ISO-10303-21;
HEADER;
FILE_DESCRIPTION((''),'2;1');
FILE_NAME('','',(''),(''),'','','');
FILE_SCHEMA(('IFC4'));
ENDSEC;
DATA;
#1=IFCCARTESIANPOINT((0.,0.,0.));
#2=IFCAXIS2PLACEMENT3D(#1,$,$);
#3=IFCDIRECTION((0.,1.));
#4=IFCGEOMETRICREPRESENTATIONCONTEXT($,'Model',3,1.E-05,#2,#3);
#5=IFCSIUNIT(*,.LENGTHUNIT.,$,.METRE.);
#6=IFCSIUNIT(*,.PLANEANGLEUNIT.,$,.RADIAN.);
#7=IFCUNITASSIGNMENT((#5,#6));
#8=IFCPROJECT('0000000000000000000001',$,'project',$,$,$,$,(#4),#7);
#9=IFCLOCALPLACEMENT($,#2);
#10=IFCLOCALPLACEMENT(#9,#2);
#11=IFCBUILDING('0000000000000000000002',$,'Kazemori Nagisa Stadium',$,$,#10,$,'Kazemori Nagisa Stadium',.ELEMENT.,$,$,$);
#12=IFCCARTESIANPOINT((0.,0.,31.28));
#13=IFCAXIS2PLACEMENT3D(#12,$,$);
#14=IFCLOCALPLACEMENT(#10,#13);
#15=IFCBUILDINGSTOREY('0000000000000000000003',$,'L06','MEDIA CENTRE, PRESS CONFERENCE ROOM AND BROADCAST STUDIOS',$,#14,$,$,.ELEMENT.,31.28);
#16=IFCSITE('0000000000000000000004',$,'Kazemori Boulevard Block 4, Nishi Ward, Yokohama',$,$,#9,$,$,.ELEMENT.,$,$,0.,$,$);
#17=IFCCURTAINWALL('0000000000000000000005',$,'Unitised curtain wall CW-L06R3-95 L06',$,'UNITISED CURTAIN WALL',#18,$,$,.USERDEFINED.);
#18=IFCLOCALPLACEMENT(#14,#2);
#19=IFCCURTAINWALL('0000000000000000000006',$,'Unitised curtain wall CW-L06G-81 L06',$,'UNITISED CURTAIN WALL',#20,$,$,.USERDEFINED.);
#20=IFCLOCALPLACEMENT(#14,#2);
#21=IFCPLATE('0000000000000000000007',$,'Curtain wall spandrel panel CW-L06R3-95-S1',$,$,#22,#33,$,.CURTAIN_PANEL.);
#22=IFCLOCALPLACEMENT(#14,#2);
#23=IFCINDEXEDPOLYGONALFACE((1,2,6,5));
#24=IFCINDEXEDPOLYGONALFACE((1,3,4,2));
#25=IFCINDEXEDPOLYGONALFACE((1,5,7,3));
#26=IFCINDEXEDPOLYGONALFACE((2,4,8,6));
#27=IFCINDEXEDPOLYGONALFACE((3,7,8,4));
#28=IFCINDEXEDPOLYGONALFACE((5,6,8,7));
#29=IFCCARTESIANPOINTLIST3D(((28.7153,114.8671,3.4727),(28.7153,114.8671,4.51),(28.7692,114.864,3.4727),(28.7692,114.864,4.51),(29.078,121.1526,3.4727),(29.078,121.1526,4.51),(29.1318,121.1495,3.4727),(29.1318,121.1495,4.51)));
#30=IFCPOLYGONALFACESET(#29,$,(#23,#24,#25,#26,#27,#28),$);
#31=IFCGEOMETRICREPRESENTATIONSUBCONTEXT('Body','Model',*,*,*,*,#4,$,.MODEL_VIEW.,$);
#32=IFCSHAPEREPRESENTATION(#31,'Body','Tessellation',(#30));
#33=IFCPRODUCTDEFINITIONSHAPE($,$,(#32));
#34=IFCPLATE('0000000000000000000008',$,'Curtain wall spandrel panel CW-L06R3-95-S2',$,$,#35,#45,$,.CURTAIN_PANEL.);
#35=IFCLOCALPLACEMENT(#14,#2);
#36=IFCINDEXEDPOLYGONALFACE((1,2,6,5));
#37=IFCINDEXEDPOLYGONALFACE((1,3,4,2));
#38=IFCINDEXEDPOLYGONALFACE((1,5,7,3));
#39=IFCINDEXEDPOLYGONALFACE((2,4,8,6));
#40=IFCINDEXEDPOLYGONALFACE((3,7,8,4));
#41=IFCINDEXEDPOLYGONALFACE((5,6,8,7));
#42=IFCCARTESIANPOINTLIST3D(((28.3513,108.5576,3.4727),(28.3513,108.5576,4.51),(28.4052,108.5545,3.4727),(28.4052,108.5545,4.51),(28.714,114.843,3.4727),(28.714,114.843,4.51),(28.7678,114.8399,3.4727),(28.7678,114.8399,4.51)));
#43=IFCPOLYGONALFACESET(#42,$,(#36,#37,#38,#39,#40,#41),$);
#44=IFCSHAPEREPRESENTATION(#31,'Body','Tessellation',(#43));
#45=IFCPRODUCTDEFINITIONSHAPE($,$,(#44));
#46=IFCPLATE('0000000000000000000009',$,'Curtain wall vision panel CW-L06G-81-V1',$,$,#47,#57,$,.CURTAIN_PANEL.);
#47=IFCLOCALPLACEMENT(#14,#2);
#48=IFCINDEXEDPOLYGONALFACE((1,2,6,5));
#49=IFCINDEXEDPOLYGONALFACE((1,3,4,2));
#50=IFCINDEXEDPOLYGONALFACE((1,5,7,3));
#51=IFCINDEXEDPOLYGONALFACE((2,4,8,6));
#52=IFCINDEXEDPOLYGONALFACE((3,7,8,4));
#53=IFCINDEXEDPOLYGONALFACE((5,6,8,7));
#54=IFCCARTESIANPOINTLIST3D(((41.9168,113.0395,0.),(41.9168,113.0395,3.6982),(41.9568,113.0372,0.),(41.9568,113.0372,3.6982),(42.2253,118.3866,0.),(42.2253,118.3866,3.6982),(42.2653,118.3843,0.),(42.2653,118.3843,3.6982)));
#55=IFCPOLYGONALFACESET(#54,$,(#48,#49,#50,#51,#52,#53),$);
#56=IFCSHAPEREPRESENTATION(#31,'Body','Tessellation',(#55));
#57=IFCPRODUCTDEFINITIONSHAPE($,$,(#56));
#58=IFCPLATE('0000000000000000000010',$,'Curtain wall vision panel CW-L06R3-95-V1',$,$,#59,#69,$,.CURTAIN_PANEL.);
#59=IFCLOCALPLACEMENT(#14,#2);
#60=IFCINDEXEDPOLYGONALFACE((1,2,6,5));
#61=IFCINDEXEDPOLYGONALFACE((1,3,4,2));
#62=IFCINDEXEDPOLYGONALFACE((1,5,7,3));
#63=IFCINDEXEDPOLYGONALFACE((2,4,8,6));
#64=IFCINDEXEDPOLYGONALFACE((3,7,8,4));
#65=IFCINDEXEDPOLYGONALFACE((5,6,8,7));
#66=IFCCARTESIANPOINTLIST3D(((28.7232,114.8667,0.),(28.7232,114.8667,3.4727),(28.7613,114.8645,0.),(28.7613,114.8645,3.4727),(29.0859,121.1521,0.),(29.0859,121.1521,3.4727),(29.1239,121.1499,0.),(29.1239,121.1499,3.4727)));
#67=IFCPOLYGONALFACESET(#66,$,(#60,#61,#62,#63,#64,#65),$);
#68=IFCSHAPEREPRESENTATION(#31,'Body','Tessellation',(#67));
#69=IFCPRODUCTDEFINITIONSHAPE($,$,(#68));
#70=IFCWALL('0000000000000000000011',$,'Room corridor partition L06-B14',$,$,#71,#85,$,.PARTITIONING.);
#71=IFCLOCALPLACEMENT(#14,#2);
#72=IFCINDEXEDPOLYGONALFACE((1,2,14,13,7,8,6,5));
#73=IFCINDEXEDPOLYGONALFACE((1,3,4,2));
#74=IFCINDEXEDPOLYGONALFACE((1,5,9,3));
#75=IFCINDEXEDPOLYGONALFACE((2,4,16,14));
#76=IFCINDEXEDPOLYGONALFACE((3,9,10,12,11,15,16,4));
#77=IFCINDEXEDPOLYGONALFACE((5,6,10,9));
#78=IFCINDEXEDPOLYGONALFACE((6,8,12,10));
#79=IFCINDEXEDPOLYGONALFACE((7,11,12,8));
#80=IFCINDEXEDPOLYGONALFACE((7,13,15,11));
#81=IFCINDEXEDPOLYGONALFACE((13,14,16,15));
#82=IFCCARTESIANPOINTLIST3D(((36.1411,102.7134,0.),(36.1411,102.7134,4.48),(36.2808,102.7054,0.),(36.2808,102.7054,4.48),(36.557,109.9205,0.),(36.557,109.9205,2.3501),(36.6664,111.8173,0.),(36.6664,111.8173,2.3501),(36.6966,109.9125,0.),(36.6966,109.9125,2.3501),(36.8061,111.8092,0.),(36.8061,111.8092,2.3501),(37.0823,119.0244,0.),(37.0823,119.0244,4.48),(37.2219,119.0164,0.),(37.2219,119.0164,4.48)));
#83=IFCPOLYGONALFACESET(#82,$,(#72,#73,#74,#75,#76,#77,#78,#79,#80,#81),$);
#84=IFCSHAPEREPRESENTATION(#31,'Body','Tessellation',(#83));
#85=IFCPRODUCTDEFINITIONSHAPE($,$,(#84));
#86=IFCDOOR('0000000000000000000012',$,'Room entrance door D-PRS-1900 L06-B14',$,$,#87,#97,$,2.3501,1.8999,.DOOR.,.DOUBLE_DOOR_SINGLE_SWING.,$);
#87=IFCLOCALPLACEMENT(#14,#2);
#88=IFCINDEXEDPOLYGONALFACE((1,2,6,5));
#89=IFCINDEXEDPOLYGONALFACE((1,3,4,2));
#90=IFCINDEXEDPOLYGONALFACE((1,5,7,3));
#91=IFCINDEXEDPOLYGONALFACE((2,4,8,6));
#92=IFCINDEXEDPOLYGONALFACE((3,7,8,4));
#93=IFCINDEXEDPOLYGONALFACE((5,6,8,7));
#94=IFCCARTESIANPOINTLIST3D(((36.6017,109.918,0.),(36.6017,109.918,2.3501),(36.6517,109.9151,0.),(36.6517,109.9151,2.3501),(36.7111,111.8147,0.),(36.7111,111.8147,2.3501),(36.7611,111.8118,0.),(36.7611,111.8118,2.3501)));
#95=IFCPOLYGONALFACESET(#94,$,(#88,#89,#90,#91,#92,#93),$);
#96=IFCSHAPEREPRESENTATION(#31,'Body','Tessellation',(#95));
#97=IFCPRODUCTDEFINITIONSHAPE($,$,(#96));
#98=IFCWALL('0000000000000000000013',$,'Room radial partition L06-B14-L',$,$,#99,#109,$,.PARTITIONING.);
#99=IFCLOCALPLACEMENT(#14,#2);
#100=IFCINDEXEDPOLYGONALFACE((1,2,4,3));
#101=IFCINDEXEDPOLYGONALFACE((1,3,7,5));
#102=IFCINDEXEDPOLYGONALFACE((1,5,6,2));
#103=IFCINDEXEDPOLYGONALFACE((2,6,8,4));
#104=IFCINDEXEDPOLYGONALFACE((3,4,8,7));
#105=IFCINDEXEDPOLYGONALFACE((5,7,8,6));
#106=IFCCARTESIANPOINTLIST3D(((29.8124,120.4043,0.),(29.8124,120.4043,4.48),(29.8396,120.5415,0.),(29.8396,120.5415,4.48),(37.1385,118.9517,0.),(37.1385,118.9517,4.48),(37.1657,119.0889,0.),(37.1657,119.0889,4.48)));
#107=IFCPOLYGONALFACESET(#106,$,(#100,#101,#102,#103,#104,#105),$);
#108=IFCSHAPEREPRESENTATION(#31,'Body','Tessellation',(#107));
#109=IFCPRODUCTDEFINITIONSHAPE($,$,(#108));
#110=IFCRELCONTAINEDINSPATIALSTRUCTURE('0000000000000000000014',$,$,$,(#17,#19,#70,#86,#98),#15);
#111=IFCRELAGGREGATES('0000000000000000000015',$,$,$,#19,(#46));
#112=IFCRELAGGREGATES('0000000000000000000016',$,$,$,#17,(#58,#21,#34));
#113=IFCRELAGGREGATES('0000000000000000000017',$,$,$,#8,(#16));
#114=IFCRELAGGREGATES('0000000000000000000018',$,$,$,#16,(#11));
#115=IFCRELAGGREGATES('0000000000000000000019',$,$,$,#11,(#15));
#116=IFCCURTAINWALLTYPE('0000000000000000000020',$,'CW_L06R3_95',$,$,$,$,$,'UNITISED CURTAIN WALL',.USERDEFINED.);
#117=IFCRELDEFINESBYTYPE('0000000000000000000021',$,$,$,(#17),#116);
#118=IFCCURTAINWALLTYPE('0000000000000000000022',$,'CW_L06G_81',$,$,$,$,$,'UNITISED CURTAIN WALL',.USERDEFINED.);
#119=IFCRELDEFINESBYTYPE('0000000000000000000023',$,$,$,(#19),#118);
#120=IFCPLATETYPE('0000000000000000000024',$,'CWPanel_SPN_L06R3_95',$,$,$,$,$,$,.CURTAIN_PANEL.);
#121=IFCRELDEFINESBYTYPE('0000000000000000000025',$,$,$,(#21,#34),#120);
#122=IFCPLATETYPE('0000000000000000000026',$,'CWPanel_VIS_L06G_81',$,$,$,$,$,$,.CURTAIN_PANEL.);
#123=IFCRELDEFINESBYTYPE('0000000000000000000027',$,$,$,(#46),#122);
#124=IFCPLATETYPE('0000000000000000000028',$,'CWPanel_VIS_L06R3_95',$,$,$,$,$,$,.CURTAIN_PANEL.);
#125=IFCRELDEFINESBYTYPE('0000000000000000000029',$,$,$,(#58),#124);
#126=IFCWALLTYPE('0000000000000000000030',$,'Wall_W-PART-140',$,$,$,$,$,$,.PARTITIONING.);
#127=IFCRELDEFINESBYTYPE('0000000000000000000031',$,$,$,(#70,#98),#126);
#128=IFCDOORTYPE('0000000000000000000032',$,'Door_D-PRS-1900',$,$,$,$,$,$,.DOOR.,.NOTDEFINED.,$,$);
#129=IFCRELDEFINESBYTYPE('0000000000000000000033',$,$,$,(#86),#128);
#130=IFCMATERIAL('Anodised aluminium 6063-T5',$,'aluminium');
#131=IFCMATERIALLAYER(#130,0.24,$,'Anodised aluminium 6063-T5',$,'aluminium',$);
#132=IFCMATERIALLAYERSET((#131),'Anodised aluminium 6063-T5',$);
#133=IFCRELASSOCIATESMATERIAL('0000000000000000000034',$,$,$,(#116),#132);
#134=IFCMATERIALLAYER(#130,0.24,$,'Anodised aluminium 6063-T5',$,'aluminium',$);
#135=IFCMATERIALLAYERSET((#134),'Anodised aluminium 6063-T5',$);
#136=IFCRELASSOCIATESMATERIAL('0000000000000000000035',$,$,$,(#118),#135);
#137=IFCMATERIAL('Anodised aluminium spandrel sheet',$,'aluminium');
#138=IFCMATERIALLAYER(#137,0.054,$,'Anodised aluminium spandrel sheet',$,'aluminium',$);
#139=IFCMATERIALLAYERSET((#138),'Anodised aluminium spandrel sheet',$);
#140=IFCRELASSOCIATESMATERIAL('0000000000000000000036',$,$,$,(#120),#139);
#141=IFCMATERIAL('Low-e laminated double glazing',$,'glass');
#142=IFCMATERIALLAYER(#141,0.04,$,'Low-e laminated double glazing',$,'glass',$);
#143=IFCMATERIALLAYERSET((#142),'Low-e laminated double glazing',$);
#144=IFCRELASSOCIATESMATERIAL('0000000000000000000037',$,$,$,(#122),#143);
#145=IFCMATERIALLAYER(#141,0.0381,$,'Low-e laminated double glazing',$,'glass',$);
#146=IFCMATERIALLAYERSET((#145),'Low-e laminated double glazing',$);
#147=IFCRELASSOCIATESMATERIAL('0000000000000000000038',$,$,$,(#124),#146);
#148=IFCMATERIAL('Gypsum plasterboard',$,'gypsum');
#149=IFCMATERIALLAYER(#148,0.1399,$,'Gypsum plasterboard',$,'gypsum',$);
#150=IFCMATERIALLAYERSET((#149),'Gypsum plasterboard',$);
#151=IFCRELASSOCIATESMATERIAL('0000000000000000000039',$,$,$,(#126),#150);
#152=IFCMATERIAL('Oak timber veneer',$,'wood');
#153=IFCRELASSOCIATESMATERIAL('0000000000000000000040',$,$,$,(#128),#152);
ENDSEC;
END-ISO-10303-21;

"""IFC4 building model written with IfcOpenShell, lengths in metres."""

from ifc_helpers import new_model, si_unit, direction, frame, frame_2d, origin, origin_2d, place, context, subcontext, project, spatial, rectangle, extrude, material, layer, layer_set, type_object, element, fill, aggregate, save


model = new_model("IFC4")

# Units and contexts
model_context = context("Model", 3, precision=1e-05, world=origin(), true_north=direction((0.0, 1.0)))
body_context = subcontext(model_context, "Body", "Model", "MODEL_VIEW")
ifc_project = project(units=[si_unit("LENGTHUNIT", "METRE"), si_unit("PLANEANGLEUNIT", "RADIAN")], contexts=[model_context])

# Site, building, storey
site_placement = place(None, origin())
site = spatial("IfcSite", under=ifc_project, at=site_placement, Name="Kazemori Boulevard Block 4, Nishi Ward, Yokohama", CompositionType="ELEMENT", RefElevation=0.0)
building_placement = place(site_placement, origin())
building = spatial("IfcBuilding", under=site, at=building_placement, Name="Kazemori Nagisa Stadium", LongName="Kazemori Nagisa Stadium", CompositionType="ELEMENT")
storey_placement = place(building_placement, frame((0.0, 0.0, 31.28)))
storey = spatial("IfcBuildingStorey", under=building, at=storey_placement, Name="L06", Description="MEDIA CENTRE, PRESS CONFERENCE ROOM AND BROADCAST STUDIOS", CompositionType="ELEMENT", Elevation=31.28)

# Curtain wall
ifc_material_1 = material(Name="Anodised aluminium 6063-T5", Category="aluminium")
ifc_layer_1 = layer(ifc_material_1, 0.24, Name="Anodised aluminium 6063-T5", Category="aluminium")
ifc_layer_set_1 = layer_set([ifc_layer_1], Name="Anodised aluminium 6063-T5")
curtain_wall_type_1 = type_object("IfcCurtainWallType", Name="CW_L06R3_95", ElementType="UNITISED CURTAIN WALL", PredefinedType="USERDEFINED", material=ifc_layer_set_1)
curtain_wall_1_placement = place(storey_placement, origin())
curtain_wall_1 = element("IfcCurtainWall", 1, at=curtain_wall_1_placement, inside=storey, type_object=curtain_wall_type_1, Name="Unitised curtain wall CW-L06R3-95 L06", ObjectType="UNITISED CURTAIN WALL", PredefinedType="USERDEFINED")

# Curtain wall
ifc_layer_2 = layer(ifc_material_1, 0.24, Name="Anodised aluminium 6063-T5", Category="aluminium")
ifc_layer_set_2 = layer_set([ifc_layer_2], Name="Anodised aluminium 6063-T5")
curtain_wall_type_2 = type_object("IfcCurtainWallType", Name="CW_L06G_81", ElementType="UNITISED CURTAIN WALL", PredefinedType="USERDEFINED", material=ifc_layer_set_2)
curtain_wall_2_placement = place(storey_placement, origin())
curtain_wall_2 = element("IfcCurtainWall", 2, at=curtain_wall_2_placement, inside=storey, type_object=curtain_wall_type_2, Name="Unitised curtain wall CW-L06G-81 L06", ObjectType="UNITISED CURTAIN WALL", PredefinedType="USERDEFINED")

# Plates
ifc_material_2 = material(Name="Anodised aluminium spandrel sheet", Category="aluminium")
ifc_layer_3 = layer(ifc_material_2, 0.054, Name="Anodised aluminium spandrel sheet", Category="aluminium")
ifc_layer_set_3 = layer_set([ifc_layer_3], Name="Anodised aluminium spandrel sheet")
plate_type_1 = type_object("IfcPlateType", Name="CWPanel_SPN_L06R3_95", PredefinedType="CURTAIN_PANEL", material=ifc_layer_set_3)
plate_1_placement = place(storey_placement, frame((28.9236, 118.0083, 3.4727), z_axis=(0.0, 0.0, 1.0), x_axis=(-0.057602, -0.99834, 0.0)))
plate_1 = element("IfcPlate", 3, at=plate_1_placement, type_object=plate_type_1, Name="Curtain wall spandrel panel CW-L06R3-95-S1", PredefinedType="CURTAIN_PANEL", context=body_context, shape_type="SweptSolid", body=[
    extrude(rectangle(XDim=6.2959, YDim=0.054, at=origin_2d()), origin(), (0.0, 0.0, 1.0), 1.0374),
])
plate_2_placement = place(storey_placement, frame((28.5596, 111.6987, 3.4727), z_axis=(0.0, 0.0, 1.0), x_axis=(-0.057602, -0.99834, 0.0)))
plate_2 = element("IfcPlate", 4, at=plate_2_placement, type_object=plate_type_1, Name="Curtain wall spandrel panel CW-L06R3-95-S2", PredefinedType="CURTAIN_PANEL", context=body_context, shape_type="SweptSolid", body=[
    extrude(rectangle(XDim=6.2959, YDim=0.054, at=origin_2d()), origin(), (0.0, 0.0, 1.0), 1.0374),
])
ifc_material_3 = material(Name="Low-e laminated double glazing", Category="glass")
ifc_layer_4 = layer(ifc_material_3, 0.04, Name="Low-e laminated double glazing", Category="glass")
ifc_layer_set_4 = layer_set([ifc_layer_4], Name="Low-e laminated double glazing")
plate_type_2 = type_object("IfcPlateType", Name="CWPanel_VIS_L06G_81", PredefinedType="CURTAIN_PANEL", material=ifc_layer_set_4)
plate_3_placement = place(storey_placement, frame((42.0911, 115.7119, 0.0), z_axis=(0.0, 0.0, 1.0), x_axis=(-0.057602, -0.99834, 0.0)))
plate_3 = element("IfcPlate", 5, at=plate_3_placement, type_object=plate_type_2, Name="Curtain wall vision panel CW-L06G-81-V1", PredefinedType="CURTAIN_PANEL", context=body_context, shape_type="SweptSolid", body=[
    extrude(rectangle(XDim=5.356, YDim=0.04, at=origin_2d()), origin(), (0.0, 0.0, 1.0), 3.6982),
])
aggregate(curtain_wall_2, [plate_3])
ifc_layer_5 = layer(ifc_material_3, 0.0381, Name="Low-e laminated double glazing", Category="glass")
ifc_layer_set_5 = layer_set([ifc_layer_5], Name="Low-e laminated double glazing")
plate_type_3 = type_object("IfcPlateType", Name="CWPanel_VIS_L06R3_95", PredefinedType="CURTAIN_PANEL", material=ifc_layer_set_5)
plate_4_placement = place(storey_placement, frame((28.9236, 118.0083, 0.0), z_axis=(0.0, 0.0, 1.0), x_axis=(-0.057602, -0.99834, 0.0)))
plate_4 = element("IfcPlate", 6, at=plate_4_placement, type_object=plate_type_3, Name="Curtain wall vision panel CW-L06R3-95-V1", PredefinedType="CURTAIN_PANEL", context=body_context, shape_type="SweptSolid", body=[
    extrude(rectangle(XDim=6.2959, YDim=0.0381, at=origin_2d()), origin(), (0.0, 0.0, 1.0), 3.4727),
])
aggregate(curtain_wall_1, [plate_4, plate_1, plate_2])

# Wall, opening, door
ifc_material_4 = material(Name="Gypsum plasterboard", Category="gypsum")
ifc_layer_6 = layer(ifc_material_4, 0.1399, Name="Gypsum plasterboard", Category="gypsum")
ifc_layer_set_6 = layer_set([ifc_layer_6], Name="Gypsum plasterboard")
wall_type = type_object("IfcWallType", Name="Wall_W-PART-140", PredefinedType="PARTITIONING", material=ifc_layer_set_6)
wall_1_placement = place(storey_placement, frame((37.1521, 119.0203, 0.0), z_axis=(0.0, 0.0, 1.0), x_axis=(-0.057605, -0.998339, 0.0)))
wall_1 = element("IfcWall", 7, at=wall_1_placement, inside=storey, type_object=wall_type, Name="Room corridor partition L06-B14", PredefinedType="PARTITIONING", context=body_context, shape_type="SweptSolid", body=[
    extrude(rectangle(XDim=16.3381, YDim=0.1399, at=frame_2d((8.1689, 0.0))), origin(), (0.0, 0.0, 1.0), 4.48),
])
opening_placement = place(wall_1_placement, frame((7.219, 0.0, 0.0)))
opening = element("IfcOpeningElement", 8, at=opening_placement, cuts=wall_1, PredefinedType="OPENING", context=body_context, shape_type="SweptSolid", body=[
    extrude(rectangle(XDim=1.8999, YDim=2.3501, at=frame_2d((0.95, 1.175))), frame((0.0, 0.0798, 0.0), z_axis=(0.0, -1.0, 0.0), x_axis=(1.0, 0.0, 0.0)), (0.0, 0.0, 1.0), 0.1599),
])
ifc_material_5 = material(Name="Oak timber veneer", Category="wood")
door_type = type_object("IfcDoorType", Name="Door_D-PRS-1900", OperationType="NOTDEFINED", PredefinedType="DOOR", material=ifc_material_5)
door_placement = place(opening_placement, origin())
door = element("IfcDoor", 9, at=door_placement, inside=storey, type_object=door_type, Name="Room entrance door D-PRS-1900 L06-B14", OperationType="DOUBLE_DOOR_SINGLE_SWING", OverallHeight=2.3501, OverallWidth=1.8999, PredefinedType="DOOR", context=body_context, shape_type="SweptSolid", body=[
    extrude(rectangle(XDim=1.8999, YDim=2.3501, at=frame_2d((0.95, 1.175))), frame((0.0, 0.0249, 0.0), z_axis=(0.0, -1.0, 0.0), x_axis=(1.0, 0.0, 0.0)), (0.0, 0.0, 1.0), 0.05),
])
fill(opening, door)

# Wall
wall_2_placement = place(storey_placement, frame((37.1521, 119.0203, 0.0), z_axis=(0.0, 0.0, 1.0), x_axis=(-0.980904, 0.194494, 0.0)))
element("IfcWall", 10, at=wall_2_placement, inside=storey, type_object=wall_type, Name="Room radial partition L06-B14-L", PredefinedType="PARTITIONING", context=body_context, shape_type="SweptSolid", body=[
    extrude(rectangle(XDim=7.4688, YDim=0.1399, at=frame_2d((3.7344, 0.0))), origin(), (0.0, 0.0, 1.0), 4.48),
])

save(model, "model.ifc")
